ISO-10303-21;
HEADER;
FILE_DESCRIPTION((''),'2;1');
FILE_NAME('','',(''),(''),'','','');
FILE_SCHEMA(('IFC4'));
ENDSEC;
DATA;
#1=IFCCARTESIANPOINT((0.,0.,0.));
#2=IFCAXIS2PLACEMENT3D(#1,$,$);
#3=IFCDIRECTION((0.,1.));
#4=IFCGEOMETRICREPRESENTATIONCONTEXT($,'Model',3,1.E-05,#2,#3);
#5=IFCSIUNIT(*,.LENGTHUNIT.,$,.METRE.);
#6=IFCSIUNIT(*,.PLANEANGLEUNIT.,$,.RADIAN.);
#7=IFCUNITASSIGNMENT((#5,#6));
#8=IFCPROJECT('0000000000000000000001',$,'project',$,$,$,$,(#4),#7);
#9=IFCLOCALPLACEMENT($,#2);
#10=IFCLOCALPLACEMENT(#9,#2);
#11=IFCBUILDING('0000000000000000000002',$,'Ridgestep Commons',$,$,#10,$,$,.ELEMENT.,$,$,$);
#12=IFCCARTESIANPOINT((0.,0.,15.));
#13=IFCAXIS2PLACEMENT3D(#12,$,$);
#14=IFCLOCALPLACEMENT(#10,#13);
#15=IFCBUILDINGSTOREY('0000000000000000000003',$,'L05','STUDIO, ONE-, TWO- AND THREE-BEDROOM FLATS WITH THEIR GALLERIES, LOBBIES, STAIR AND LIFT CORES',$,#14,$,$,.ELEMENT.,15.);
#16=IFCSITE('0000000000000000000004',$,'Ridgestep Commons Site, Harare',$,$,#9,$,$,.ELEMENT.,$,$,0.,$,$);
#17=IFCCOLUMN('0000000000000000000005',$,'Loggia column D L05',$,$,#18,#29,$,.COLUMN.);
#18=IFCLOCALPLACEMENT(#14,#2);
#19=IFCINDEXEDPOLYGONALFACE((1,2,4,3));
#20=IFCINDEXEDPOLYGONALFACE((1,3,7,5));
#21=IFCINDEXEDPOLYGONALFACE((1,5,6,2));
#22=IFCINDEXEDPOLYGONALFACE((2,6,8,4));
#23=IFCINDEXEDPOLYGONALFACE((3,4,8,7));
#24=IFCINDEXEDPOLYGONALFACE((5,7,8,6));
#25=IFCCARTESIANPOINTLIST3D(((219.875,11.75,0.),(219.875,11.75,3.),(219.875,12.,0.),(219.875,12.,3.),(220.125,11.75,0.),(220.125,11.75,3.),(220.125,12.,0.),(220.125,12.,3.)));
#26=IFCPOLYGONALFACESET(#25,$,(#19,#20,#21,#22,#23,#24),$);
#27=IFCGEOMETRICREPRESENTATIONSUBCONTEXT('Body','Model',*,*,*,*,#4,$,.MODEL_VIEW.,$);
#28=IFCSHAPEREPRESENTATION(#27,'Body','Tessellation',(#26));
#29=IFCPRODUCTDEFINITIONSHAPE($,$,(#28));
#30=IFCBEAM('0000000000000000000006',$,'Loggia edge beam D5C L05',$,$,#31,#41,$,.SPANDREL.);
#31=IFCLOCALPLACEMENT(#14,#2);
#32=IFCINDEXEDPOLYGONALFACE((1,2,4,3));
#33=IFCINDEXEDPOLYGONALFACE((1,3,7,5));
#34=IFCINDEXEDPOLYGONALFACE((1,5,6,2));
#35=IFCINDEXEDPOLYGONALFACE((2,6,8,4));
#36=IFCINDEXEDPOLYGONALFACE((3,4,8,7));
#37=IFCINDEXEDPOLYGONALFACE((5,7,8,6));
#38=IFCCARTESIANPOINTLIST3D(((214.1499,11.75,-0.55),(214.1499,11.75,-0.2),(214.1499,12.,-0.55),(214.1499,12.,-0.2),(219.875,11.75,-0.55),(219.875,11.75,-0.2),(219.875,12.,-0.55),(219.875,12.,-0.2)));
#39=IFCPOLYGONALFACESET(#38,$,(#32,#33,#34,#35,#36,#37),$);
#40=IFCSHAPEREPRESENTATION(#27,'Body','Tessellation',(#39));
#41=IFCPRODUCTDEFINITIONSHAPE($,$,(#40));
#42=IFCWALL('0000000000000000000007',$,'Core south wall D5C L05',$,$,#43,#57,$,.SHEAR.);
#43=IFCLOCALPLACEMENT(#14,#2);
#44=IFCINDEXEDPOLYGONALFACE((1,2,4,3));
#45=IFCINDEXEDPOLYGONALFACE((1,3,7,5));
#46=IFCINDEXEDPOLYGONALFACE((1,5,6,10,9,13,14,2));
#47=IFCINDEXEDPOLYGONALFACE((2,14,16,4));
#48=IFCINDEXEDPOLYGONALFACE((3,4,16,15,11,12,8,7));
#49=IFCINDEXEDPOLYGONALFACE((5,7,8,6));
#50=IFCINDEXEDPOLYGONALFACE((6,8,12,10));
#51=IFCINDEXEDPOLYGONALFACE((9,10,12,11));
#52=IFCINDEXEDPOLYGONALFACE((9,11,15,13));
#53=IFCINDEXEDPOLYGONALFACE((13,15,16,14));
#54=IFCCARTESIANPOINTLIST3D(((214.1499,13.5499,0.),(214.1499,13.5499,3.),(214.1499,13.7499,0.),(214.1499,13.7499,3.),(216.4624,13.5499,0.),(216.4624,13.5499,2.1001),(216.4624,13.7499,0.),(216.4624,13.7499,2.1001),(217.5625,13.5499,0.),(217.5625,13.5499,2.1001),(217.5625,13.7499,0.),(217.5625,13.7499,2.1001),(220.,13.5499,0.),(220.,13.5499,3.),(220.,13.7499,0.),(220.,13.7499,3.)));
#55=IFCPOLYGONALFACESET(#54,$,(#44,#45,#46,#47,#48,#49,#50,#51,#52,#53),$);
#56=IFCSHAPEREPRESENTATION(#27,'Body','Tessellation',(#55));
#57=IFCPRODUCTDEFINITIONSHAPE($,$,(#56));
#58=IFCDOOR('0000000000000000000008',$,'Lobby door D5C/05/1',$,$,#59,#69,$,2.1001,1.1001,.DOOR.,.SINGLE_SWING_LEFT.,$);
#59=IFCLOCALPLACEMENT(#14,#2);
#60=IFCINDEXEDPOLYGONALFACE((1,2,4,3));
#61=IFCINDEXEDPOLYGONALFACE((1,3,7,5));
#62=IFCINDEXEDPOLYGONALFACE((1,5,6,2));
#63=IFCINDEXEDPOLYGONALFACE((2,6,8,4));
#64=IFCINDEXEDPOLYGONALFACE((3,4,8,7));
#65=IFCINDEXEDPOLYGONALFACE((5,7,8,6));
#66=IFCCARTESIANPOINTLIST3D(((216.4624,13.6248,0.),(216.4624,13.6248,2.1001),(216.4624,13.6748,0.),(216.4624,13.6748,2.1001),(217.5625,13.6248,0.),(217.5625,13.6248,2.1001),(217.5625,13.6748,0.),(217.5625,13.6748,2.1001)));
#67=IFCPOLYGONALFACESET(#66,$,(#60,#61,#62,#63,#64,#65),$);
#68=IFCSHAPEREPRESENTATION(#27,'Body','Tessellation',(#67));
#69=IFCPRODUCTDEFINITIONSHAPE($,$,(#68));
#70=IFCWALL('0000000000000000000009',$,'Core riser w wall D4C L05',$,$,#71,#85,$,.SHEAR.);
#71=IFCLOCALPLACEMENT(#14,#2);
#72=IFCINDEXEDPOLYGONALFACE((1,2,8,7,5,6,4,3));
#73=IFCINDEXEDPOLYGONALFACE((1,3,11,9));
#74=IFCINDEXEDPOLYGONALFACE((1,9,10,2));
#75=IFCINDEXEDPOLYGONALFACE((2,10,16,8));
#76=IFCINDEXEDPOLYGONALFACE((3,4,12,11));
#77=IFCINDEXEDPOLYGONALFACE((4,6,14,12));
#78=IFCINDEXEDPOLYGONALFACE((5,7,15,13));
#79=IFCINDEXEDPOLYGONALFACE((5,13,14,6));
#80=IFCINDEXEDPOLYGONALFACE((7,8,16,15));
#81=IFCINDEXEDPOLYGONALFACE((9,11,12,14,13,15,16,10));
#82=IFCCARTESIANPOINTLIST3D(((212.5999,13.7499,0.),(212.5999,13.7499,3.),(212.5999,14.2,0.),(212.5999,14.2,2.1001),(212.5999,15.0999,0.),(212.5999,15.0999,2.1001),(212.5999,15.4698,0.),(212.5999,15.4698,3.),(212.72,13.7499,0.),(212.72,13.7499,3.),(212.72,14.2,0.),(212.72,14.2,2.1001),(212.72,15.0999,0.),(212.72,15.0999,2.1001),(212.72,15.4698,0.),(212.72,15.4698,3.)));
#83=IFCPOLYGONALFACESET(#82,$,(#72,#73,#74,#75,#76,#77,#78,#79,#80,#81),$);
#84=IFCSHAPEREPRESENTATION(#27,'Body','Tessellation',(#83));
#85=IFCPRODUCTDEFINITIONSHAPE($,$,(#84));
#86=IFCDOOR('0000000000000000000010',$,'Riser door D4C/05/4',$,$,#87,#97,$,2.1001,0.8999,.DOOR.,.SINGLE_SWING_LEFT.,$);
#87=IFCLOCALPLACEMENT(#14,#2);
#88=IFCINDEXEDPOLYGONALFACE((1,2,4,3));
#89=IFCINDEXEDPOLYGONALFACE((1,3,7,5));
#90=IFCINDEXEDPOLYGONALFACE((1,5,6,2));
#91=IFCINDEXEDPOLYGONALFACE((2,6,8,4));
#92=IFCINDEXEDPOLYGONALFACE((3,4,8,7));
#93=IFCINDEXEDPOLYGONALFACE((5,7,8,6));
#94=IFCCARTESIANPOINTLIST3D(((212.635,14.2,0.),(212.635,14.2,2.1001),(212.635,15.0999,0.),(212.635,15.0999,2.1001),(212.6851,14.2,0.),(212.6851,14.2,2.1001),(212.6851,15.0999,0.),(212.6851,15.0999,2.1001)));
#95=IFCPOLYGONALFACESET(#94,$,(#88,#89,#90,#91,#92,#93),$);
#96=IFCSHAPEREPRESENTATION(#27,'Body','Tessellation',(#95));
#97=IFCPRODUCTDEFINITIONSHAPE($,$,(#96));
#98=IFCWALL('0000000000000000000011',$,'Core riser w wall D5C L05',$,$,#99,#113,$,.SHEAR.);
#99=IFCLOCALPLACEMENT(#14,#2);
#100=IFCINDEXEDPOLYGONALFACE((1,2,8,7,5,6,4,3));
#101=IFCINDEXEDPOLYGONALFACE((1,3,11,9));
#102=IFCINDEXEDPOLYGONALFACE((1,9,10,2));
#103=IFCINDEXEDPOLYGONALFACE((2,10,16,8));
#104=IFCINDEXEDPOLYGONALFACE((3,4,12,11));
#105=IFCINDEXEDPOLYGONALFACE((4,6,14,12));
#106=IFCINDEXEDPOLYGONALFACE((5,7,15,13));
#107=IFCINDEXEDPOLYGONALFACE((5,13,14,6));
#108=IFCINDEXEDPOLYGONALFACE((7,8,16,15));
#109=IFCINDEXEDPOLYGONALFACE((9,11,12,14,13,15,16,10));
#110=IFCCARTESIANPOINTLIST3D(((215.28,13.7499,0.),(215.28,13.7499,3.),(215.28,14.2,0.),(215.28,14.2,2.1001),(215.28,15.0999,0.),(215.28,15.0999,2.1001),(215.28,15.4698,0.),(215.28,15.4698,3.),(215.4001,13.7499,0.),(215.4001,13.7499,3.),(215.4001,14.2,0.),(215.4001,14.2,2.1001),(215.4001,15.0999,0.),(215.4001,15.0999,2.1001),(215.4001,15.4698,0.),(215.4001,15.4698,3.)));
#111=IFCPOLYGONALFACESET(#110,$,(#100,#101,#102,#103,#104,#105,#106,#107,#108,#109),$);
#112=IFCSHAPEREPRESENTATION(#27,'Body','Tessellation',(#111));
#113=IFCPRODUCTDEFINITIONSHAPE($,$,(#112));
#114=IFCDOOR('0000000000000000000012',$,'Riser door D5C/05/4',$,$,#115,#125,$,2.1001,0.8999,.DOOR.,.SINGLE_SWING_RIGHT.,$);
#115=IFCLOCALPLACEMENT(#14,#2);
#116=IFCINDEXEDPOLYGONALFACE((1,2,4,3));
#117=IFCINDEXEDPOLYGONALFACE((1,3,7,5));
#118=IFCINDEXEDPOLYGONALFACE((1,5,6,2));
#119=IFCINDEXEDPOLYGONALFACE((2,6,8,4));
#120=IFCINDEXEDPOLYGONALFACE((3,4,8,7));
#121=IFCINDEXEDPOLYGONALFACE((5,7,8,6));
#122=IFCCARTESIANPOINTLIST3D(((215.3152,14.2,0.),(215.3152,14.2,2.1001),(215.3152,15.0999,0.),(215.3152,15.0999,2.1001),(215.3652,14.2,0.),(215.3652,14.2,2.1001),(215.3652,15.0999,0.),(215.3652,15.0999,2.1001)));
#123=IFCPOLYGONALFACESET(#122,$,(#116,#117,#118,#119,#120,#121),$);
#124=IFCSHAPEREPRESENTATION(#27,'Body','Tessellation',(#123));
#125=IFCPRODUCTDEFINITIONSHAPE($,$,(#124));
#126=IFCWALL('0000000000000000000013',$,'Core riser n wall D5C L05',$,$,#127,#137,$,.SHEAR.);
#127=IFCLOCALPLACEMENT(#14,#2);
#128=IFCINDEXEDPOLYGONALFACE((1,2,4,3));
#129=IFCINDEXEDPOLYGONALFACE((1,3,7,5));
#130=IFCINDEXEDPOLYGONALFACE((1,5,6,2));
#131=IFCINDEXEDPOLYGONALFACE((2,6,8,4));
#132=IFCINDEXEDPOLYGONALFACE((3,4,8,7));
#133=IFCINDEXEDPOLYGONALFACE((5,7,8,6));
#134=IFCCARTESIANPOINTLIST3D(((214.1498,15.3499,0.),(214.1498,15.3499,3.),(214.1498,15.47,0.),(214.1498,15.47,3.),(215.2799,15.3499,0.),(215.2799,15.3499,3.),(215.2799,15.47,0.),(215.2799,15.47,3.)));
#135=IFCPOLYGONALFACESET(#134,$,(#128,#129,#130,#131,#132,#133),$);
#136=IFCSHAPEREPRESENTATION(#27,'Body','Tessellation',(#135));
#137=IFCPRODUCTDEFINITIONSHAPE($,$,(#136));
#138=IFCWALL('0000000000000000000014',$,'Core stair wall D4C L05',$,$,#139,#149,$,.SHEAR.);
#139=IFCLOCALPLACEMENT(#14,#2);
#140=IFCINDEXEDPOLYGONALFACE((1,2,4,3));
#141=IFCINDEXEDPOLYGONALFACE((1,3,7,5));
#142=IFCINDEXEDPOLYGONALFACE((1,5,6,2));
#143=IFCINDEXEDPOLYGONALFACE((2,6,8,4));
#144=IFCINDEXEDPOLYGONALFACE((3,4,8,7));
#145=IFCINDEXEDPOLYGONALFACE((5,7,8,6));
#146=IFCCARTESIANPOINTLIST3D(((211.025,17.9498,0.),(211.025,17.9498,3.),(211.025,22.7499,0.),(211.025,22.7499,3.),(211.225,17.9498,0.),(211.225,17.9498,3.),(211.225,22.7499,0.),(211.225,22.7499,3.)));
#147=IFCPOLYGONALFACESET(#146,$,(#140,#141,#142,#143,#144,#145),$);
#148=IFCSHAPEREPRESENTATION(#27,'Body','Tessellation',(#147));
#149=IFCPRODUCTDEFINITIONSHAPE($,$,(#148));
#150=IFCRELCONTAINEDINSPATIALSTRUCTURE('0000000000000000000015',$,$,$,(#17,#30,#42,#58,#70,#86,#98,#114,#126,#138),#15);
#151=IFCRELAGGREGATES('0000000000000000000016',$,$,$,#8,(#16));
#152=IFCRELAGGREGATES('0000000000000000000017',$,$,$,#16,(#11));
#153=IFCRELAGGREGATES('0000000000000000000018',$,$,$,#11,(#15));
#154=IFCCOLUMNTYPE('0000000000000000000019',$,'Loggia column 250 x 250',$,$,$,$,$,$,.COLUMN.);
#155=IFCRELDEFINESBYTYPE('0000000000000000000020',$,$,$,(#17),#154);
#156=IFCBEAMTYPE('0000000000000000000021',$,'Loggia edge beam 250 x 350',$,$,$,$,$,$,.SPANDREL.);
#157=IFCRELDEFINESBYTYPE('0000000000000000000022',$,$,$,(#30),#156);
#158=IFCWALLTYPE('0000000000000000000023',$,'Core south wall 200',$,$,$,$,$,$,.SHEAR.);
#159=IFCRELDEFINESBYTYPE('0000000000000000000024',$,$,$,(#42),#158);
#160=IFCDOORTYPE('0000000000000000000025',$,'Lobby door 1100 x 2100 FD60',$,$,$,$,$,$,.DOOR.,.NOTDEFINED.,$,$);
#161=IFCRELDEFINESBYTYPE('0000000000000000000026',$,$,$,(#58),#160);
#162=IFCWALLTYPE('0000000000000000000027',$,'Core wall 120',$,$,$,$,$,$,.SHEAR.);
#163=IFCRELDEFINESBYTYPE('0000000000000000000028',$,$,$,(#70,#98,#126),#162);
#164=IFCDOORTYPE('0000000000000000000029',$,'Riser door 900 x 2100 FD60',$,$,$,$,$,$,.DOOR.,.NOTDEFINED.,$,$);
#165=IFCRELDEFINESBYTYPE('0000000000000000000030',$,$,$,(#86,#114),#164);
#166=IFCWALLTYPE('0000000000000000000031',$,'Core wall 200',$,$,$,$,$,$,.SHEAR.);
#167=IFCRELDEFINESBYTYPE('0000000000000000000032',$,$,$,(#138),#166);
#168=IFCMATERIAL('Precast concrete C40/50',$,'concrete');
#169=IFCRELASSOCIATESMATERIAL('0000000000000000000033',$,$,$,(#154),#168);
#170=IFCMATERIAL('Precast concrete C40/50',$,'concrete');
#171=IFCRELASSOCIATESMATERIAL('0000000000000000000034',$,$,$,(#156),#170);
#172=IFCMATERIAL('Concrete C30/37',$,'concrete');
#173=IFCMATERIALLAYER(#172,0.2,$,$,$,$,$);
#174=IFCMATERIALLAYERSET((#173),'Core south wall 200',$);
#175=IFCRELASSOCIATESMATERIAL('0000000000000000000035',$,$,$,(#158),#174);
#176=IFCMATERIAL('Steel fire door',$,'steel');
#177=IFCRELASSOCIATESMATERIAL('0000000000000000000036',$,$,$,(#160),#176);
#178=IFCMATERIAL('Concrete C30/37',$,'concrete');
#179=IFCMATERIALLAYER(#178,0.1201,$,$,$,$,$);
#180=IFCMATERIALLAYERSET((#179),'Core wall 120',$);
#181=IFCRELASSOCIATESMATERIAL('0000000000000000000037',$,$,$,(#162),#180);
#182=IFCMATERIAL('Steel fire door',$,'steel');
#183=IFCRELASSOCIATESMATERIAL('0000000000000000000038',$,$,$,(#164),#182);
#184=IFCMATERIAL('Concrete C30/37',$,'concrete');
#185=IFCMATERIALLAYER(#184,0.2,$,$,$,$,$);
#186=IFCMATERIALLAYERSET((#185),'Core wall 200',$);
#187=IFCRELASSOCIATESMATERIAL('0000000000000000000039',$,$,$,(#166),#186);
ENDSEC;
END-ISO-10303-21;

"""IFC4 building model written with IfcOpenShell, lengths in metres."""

from ifc_helpers import new_model, si_unit, direction, frame, frame_2d, origin, origin_2d, place, context, subcontext, project, spatial, rectangle, extrude, material, layer, layer_set, material_profile, profile_set, type_object, element, fill, save


model = new_model("IFC4")

# Units and contexts
model_context = context("Model", 3, precision=1e-05, world=origin(), true_north=direction((0.0, 1.0)))
body_context = subcontext(model_context, "Body", "Model", "MODEL_VIEW")
ifc_project = project(units=[si_unit("LENGTHUNIT", "METRE"), si_unit("PLANEANGLEUNIT", "RADIAN")], contexts=[model_context])

# Site, building, storey
site_placement = place(None, origin())
site = spatial("IfcSite", under=ifc_project, at=site_placement, Name="Ridgestep Commons Site, Harare", CompositionType="ELEMENT", RefElevation=0.0)
building_placement = place(site_placement, origin())
building = spatial("IfcBuilding", under=site, at=building_placement, Name="Ridgestep Commons", CompositionType="ELEMENT")
storey_placement = place(building_placement, frame((0.0, 0.0, 15.0)))
storey = spatial("IfcBuildingStorey", under=building, at=storey_placement, Name="L05", Description="STUDIO, ONE-, TWO- AND THREE-BEDROOM FLATS WITH THEIR GALLERIES, LOBBIES, STAIR AND LIFT CORES", CompositionType="ELEMENT", Elevation=15.0)

# Column
ifc_material_1 = material(Name="Precast concrete C40/50", Category="concrete")
ifc_material_profile_1 = material_profile(ifc_material_1, rectangle(XDim=0.25, YDim=0.25, at=origin_2d()), Name="PC 250x250")
ifc_profile_set_1 = profile_set([ifc_material_profile_1], Name="Precast concrete C40/50")
column_type = type_object("IfcColumnType", Name="Loggia column 250 x 250", PredefinedType="COLUMN", material=ifc_profile_set_1)
column_placement = place(storey_placement, frame((220.0, 11.875, 0.0), z_axis=(0.0, 0.0, 1.0), x_axis=(1.0, 0.0, 0.0)))
element("IfcColumn", 1, at=column_placement, inside=storey, type_object=column_type, Name="Loggia column D L05", PredefinedType="COLUMN", context=body_context, shape_type="SweptSolid", body=[
    extrude(rectangle(XDim=0.25, YDim=0.25, at=origin_2d()), origin(), (0.0, 0.0, 1.0), 3.0),
])

# Beam
ifc_material_2 = material(Name="Precast concrete C40/50", Category="concrete")
ifc_material_profile_2 = material_profile(ifc_material_2, rectangle(XDim=0.25, YDim=0.3501, at=origin_2d()), Name="PC 250x350")
ifc_profile_set_2 = profile_set([ifc_material_profile_2], Name="Precast concrete C40/50")
beam_type = type_object("IfcBeamType", Name="Loggia edge beam 250 x 350", PredefinedType="SPANDREL", material=ifc_profile_set_2)
beam_placement = place(storey_placement, frame((214.1499, 11.875, -0.375), z_axis=(1.0, 0.0, 0.0), x_axis=(0.0, 1.0, 0.0)))
element("IfcBeam", 2, at=beam_placement, inside=storey, type_object=beam_type, Name="Loggia edge beam D5C L05", PredefinedType="SPANDREL", context=body_context, shape_type="SweptSolid", body=[
    extrude(rectangle(XDim=0.25, YDim=0.3501, at=origin_2d()), origin(), (0.0, 0.0, 1.0), 5.7251),
])

# Walls, openings, doors
ifc_material_3 = material(Name="Concrete C30/37", Category="concrete")
ifc_layer_1 = layer(ifc_material_3, 0.2)
ifc_layer_set_1 = layer_set([ifc_layer_1], Name="Core south wall 200")
wall_type_1 = type_object("IfcWallType", Name="Core south wall 200", PredefinedType="SHEAR", material=ifc_layer_set_1)
wall_1_placement = place(storey_placement, frame((214.1499, 13.6499, 0.0), z_axis=(0.0, 0.0, 1.0), x_axis=(1.0, 0.0, 0.0)))
wall_1 = element("IfcWall", 3, at=wall_1_placement, inside=storey, type_object=wall_type_1, Name="Core south wall D5C L05", PredefinedType="SHEAR", context=body_context, shape_type="SweptSolid", body=[
    extrude(rectangle(XDim=5.8501, YDim=0.2, at=frame_2d((2.925, 0.0))), origin(), (0.0, 0.0, 1.0), 3.0),
])
opening_1_placement = place(wall_1_placement, frame((2.3125, 0.0, 0.0)))
opening_1 = element("IfcOpeningElement", 4, at=opening_1_placement, cuts=wall_1, PredefinedType="OPENING", context=body_context, shape_type="SweptSolid", body=[
    extrude(rectangle(XDim=1.1001, YDim=2.1001, at=frame_2d((0.55, 1.05))), frame((0.0, 0.1099, 0.0), z_axis=(0.0, -1.0, 0.0), x_axis=(1.0, 0.0, 0.0)), (0.0, 0.0, 1.0), 0.22),
])
ifc_material_4 = material(Name="Steel fire door", Category="steel")
door_type_1 = type_object("IfcDoorType", Name="Lobby door 1100 x 2100 FD60", OperationType="NOTDEFINED", PredefinedType="DOOR", material=ifc_material_4)
door_1_placement = place(opening_1_placement, origin())
door_1 = element("IfcDoor", 5, at=door_1_placement, inside=storey, type_object=door_type_1, Name="Lobby door D5C/05/1", OperationType="SINGLE_SWING_LEFT", OverallHeight=2.1001, OverallWidth=1.1001, PredefinedType="DOOR", context=body_context, shape_type="SweptSolid", body=[
    extrude(rectangle(XDim=1.1001, YDim=2.1001, at=frame_2d((0.55, 1.05))), frame((0.0, 0.0249, 0.0), z_axis=(0.0, -1.0, 0.0), x_axis=(1.0, 0.0, 0.0)), (0.0, 0.0, 1.0), 0.05),
])
fill(opening_1, door_1)
ifc_material_5 = material(Name="Concrete C30/37", Category="concrete")
ifc_layer_2 = layer(ifc_material_5, 0.1201)
ifc_layer_set_2 = layer_set([ifc_layer_2], Name="Core wall 120")
wall_type_2 = type_object("IfcWallType", Name="Core wall 120", PredefinedType="SHEAR", material=ifc_layer_set_2)
wall_2_placement = place(storey_placement, frame((212.6599, 13.75, 0.0), z_axis=(0.0, 0.0, 1.0), x_axis=(0.0, 1.0, 0.0)))
wall_2 = element("IfcWall", 6, at=wall_2_placement, inside=storey, type_object=wall_type_2, Name="Core riser w wall D4C L05", PredefinedType="SHEAR", context=body_context, shape_type="SweptSolid", body=[
    extrude(rectangle(XDim=1.72, YDim=0.1201, at=frame_2d((0.8599, 0.0))), origin(), (0.0, 0.0, 1.0), 3.0),
])
opening_2_placement = place(wall_2_placement, frame((0.45, 0.0, 0.0)))
opening_2 = element("IfcOpeningElement", 7, at=opening_2_placement, cuts=wall_2, PredefinedType="OPENING", context=body_context, shape_type="SweptSolid", body=[
    extrude(rectangle(XDim=0.8999, YDim=2.1001, at=frame_2d((0.45, 1.05))), frame((0.0, 0.0701, 0.0), z_axis=(0.0, -1.0, 0.0), x_axis=(1.0, 0.0, 0.0)), (0.0, 0.0, 1.0), 0.1401),
])
ifc_material_6 = material(Name="Steel fire door", Category="steel")
door_type_2 = type_object("IfcDoorType", Name="Riser door 900 x 2100 FD60", OperationType="NOTDEFINED", PredefinedType="DOOR", material=ifc_material_6)
door_2_placement = place(opening_2_placement, origin())
door_2 = element("IfcDoor", 8, at=door_2_placement, inside=storey, type_object=door_type_2, Name="Riser door D4C/05/4", OperationType="SINGLE_SWING_LEFT", OverallHeight=2.1001, OverallWidth=0.8999, PredefinedType="DOOR", context=body_context, shape_type="SweptSolid", body=[
    extrude(rectangle(XDim=0.8999, YDim=2.1001, at=frame_2d((0.45, 1.05))), frame((0.0, 0.0249, 0.0), z_axis=(0.0, -1.0, 0.0), x_axis=(1.0, 0.0, 0.0)), (0.0, 0.0, 1.0), 0.05),
])
fill(opening_2, door_2)

# Wall, opening, door
wall_3_placement = place(storey_placement, frame((215.3401, 13.75, 0.0), z_axis=(0.0, 0.0, 1.0), x_axis=(0.0, 1.0, 0.0)))
wall_3 = element("IfcWall", 9, at=wall_3_placement, inside=storey, type_object=wall_type_2, Name="Core riser w wall D5C L05", PredefinedType="SHEAR", context=body_context, shape_type="SweptSolid", body=[
    extrude(rectangle(XDim=1.72, YDim=0.1201, at=frame_2d((0.8599, 0.0))), origin(), (0.0, 0.0, 1.0), 3.0),
])
opening_3_placement = place(wall_3_placement, frame((0.45, 0.0, 0.0)))
opening_3 = element("IfcOpeningElement", 10, at=opening_3_placement, cuts=wall_3, PredefinedType="OPENING", context=body_context, shape_type="SweptSolid", body=[
    extrude(rectangle(XDim=0.8999, YDim=2.1001, at=frame_2d((0.45, 1.05))), frame((0.0, 0.0701, 0.0), z_axis=(0.0, -1.0, 0.0), x_axis=(1.0, 0.0, 0.0)), (0.0, 0.0, 1.0), 0.1401),
])
door_3_placement = place(opening_3_placement, origin())
door_3 = element("IfcDoor", 11, at=door_3_placement, inside=storey, type_object=door_type_2, Name="Riser door D5C/05/4", OperationType="SINGLE_SWING_RIGHT", OverallHeight=2.1001, OverallWidth=0.8999, PredefinedType="DOOR", context=body_context, shape_type="SweptSolid", body=[
    extrude(rectangle(XDim=0.8999, YDim=2.1001, at=frame_2d((0.45, 1.05))), frame((0.0, 0.0249, 0.0), z_axis=(0.0, -1.0, 0.0), x_axis=(1.0, 0.0, 0.0)), (0.0, 0.0, 1.0), 0.05),
])
fill(opening_3, door_3)

# Walls
wall_4_placement = place(storey_placement, frame((214.1499, 15.4099, 0.0), z_axis=(0.0, 0.0, 1.0), x_axis=(1.0, 0.0, 0.0)))
element("IfcWall", 12, at=wall_4_placement, inside=storey, type_object=wall_type_2, Name="Core riser n wall D5C L05", PredefinedType="SHEAR", context=body_context, shape_type="SweptSolid", body=[
    extrude(rectangle(XDim=1.1301, YDim=0.1201, at=frame_2d((0.5649, 0.0))), origin(), (0.0, 0.0, 1.0), 3.0),
])
ifc_material_7 = material(Name="Concrete C30/37", Category="concrete")
ifc_layer_3 = layer(ifc_material_7, 0.2)
ifc_layer_set_3 = layer_set([ifc_layer_3], Name="Core wall 200")
wall_type_3 = type_object("IfcWallType", Name="Core wall 200", PredefinedType="SHEAR", material=ifc_layer_set_3)
wall_5_placement = place(storey_placement, frame((211.125, 17.95, 0.0), z_axis=(0.0, 0.0, 1.0), x_axis=(0.0, 1.0, 0.0)))
element("IfcWall", 13, at=wall_5_placement, inside=storey, type_object=wall_type_3, Name="Core stair wall D4C L05", PredefinedType="SHEAR", context=body_context, shape_type="SweptSolid", body=[
    extrude(rectangle(XDim=4.8, YDim=0.2, at=frame_2d((2.3999, 0.0))), origin(), (0.0, 0.0, 1.0), 3.0),
])

save(model, "model.ifc")
